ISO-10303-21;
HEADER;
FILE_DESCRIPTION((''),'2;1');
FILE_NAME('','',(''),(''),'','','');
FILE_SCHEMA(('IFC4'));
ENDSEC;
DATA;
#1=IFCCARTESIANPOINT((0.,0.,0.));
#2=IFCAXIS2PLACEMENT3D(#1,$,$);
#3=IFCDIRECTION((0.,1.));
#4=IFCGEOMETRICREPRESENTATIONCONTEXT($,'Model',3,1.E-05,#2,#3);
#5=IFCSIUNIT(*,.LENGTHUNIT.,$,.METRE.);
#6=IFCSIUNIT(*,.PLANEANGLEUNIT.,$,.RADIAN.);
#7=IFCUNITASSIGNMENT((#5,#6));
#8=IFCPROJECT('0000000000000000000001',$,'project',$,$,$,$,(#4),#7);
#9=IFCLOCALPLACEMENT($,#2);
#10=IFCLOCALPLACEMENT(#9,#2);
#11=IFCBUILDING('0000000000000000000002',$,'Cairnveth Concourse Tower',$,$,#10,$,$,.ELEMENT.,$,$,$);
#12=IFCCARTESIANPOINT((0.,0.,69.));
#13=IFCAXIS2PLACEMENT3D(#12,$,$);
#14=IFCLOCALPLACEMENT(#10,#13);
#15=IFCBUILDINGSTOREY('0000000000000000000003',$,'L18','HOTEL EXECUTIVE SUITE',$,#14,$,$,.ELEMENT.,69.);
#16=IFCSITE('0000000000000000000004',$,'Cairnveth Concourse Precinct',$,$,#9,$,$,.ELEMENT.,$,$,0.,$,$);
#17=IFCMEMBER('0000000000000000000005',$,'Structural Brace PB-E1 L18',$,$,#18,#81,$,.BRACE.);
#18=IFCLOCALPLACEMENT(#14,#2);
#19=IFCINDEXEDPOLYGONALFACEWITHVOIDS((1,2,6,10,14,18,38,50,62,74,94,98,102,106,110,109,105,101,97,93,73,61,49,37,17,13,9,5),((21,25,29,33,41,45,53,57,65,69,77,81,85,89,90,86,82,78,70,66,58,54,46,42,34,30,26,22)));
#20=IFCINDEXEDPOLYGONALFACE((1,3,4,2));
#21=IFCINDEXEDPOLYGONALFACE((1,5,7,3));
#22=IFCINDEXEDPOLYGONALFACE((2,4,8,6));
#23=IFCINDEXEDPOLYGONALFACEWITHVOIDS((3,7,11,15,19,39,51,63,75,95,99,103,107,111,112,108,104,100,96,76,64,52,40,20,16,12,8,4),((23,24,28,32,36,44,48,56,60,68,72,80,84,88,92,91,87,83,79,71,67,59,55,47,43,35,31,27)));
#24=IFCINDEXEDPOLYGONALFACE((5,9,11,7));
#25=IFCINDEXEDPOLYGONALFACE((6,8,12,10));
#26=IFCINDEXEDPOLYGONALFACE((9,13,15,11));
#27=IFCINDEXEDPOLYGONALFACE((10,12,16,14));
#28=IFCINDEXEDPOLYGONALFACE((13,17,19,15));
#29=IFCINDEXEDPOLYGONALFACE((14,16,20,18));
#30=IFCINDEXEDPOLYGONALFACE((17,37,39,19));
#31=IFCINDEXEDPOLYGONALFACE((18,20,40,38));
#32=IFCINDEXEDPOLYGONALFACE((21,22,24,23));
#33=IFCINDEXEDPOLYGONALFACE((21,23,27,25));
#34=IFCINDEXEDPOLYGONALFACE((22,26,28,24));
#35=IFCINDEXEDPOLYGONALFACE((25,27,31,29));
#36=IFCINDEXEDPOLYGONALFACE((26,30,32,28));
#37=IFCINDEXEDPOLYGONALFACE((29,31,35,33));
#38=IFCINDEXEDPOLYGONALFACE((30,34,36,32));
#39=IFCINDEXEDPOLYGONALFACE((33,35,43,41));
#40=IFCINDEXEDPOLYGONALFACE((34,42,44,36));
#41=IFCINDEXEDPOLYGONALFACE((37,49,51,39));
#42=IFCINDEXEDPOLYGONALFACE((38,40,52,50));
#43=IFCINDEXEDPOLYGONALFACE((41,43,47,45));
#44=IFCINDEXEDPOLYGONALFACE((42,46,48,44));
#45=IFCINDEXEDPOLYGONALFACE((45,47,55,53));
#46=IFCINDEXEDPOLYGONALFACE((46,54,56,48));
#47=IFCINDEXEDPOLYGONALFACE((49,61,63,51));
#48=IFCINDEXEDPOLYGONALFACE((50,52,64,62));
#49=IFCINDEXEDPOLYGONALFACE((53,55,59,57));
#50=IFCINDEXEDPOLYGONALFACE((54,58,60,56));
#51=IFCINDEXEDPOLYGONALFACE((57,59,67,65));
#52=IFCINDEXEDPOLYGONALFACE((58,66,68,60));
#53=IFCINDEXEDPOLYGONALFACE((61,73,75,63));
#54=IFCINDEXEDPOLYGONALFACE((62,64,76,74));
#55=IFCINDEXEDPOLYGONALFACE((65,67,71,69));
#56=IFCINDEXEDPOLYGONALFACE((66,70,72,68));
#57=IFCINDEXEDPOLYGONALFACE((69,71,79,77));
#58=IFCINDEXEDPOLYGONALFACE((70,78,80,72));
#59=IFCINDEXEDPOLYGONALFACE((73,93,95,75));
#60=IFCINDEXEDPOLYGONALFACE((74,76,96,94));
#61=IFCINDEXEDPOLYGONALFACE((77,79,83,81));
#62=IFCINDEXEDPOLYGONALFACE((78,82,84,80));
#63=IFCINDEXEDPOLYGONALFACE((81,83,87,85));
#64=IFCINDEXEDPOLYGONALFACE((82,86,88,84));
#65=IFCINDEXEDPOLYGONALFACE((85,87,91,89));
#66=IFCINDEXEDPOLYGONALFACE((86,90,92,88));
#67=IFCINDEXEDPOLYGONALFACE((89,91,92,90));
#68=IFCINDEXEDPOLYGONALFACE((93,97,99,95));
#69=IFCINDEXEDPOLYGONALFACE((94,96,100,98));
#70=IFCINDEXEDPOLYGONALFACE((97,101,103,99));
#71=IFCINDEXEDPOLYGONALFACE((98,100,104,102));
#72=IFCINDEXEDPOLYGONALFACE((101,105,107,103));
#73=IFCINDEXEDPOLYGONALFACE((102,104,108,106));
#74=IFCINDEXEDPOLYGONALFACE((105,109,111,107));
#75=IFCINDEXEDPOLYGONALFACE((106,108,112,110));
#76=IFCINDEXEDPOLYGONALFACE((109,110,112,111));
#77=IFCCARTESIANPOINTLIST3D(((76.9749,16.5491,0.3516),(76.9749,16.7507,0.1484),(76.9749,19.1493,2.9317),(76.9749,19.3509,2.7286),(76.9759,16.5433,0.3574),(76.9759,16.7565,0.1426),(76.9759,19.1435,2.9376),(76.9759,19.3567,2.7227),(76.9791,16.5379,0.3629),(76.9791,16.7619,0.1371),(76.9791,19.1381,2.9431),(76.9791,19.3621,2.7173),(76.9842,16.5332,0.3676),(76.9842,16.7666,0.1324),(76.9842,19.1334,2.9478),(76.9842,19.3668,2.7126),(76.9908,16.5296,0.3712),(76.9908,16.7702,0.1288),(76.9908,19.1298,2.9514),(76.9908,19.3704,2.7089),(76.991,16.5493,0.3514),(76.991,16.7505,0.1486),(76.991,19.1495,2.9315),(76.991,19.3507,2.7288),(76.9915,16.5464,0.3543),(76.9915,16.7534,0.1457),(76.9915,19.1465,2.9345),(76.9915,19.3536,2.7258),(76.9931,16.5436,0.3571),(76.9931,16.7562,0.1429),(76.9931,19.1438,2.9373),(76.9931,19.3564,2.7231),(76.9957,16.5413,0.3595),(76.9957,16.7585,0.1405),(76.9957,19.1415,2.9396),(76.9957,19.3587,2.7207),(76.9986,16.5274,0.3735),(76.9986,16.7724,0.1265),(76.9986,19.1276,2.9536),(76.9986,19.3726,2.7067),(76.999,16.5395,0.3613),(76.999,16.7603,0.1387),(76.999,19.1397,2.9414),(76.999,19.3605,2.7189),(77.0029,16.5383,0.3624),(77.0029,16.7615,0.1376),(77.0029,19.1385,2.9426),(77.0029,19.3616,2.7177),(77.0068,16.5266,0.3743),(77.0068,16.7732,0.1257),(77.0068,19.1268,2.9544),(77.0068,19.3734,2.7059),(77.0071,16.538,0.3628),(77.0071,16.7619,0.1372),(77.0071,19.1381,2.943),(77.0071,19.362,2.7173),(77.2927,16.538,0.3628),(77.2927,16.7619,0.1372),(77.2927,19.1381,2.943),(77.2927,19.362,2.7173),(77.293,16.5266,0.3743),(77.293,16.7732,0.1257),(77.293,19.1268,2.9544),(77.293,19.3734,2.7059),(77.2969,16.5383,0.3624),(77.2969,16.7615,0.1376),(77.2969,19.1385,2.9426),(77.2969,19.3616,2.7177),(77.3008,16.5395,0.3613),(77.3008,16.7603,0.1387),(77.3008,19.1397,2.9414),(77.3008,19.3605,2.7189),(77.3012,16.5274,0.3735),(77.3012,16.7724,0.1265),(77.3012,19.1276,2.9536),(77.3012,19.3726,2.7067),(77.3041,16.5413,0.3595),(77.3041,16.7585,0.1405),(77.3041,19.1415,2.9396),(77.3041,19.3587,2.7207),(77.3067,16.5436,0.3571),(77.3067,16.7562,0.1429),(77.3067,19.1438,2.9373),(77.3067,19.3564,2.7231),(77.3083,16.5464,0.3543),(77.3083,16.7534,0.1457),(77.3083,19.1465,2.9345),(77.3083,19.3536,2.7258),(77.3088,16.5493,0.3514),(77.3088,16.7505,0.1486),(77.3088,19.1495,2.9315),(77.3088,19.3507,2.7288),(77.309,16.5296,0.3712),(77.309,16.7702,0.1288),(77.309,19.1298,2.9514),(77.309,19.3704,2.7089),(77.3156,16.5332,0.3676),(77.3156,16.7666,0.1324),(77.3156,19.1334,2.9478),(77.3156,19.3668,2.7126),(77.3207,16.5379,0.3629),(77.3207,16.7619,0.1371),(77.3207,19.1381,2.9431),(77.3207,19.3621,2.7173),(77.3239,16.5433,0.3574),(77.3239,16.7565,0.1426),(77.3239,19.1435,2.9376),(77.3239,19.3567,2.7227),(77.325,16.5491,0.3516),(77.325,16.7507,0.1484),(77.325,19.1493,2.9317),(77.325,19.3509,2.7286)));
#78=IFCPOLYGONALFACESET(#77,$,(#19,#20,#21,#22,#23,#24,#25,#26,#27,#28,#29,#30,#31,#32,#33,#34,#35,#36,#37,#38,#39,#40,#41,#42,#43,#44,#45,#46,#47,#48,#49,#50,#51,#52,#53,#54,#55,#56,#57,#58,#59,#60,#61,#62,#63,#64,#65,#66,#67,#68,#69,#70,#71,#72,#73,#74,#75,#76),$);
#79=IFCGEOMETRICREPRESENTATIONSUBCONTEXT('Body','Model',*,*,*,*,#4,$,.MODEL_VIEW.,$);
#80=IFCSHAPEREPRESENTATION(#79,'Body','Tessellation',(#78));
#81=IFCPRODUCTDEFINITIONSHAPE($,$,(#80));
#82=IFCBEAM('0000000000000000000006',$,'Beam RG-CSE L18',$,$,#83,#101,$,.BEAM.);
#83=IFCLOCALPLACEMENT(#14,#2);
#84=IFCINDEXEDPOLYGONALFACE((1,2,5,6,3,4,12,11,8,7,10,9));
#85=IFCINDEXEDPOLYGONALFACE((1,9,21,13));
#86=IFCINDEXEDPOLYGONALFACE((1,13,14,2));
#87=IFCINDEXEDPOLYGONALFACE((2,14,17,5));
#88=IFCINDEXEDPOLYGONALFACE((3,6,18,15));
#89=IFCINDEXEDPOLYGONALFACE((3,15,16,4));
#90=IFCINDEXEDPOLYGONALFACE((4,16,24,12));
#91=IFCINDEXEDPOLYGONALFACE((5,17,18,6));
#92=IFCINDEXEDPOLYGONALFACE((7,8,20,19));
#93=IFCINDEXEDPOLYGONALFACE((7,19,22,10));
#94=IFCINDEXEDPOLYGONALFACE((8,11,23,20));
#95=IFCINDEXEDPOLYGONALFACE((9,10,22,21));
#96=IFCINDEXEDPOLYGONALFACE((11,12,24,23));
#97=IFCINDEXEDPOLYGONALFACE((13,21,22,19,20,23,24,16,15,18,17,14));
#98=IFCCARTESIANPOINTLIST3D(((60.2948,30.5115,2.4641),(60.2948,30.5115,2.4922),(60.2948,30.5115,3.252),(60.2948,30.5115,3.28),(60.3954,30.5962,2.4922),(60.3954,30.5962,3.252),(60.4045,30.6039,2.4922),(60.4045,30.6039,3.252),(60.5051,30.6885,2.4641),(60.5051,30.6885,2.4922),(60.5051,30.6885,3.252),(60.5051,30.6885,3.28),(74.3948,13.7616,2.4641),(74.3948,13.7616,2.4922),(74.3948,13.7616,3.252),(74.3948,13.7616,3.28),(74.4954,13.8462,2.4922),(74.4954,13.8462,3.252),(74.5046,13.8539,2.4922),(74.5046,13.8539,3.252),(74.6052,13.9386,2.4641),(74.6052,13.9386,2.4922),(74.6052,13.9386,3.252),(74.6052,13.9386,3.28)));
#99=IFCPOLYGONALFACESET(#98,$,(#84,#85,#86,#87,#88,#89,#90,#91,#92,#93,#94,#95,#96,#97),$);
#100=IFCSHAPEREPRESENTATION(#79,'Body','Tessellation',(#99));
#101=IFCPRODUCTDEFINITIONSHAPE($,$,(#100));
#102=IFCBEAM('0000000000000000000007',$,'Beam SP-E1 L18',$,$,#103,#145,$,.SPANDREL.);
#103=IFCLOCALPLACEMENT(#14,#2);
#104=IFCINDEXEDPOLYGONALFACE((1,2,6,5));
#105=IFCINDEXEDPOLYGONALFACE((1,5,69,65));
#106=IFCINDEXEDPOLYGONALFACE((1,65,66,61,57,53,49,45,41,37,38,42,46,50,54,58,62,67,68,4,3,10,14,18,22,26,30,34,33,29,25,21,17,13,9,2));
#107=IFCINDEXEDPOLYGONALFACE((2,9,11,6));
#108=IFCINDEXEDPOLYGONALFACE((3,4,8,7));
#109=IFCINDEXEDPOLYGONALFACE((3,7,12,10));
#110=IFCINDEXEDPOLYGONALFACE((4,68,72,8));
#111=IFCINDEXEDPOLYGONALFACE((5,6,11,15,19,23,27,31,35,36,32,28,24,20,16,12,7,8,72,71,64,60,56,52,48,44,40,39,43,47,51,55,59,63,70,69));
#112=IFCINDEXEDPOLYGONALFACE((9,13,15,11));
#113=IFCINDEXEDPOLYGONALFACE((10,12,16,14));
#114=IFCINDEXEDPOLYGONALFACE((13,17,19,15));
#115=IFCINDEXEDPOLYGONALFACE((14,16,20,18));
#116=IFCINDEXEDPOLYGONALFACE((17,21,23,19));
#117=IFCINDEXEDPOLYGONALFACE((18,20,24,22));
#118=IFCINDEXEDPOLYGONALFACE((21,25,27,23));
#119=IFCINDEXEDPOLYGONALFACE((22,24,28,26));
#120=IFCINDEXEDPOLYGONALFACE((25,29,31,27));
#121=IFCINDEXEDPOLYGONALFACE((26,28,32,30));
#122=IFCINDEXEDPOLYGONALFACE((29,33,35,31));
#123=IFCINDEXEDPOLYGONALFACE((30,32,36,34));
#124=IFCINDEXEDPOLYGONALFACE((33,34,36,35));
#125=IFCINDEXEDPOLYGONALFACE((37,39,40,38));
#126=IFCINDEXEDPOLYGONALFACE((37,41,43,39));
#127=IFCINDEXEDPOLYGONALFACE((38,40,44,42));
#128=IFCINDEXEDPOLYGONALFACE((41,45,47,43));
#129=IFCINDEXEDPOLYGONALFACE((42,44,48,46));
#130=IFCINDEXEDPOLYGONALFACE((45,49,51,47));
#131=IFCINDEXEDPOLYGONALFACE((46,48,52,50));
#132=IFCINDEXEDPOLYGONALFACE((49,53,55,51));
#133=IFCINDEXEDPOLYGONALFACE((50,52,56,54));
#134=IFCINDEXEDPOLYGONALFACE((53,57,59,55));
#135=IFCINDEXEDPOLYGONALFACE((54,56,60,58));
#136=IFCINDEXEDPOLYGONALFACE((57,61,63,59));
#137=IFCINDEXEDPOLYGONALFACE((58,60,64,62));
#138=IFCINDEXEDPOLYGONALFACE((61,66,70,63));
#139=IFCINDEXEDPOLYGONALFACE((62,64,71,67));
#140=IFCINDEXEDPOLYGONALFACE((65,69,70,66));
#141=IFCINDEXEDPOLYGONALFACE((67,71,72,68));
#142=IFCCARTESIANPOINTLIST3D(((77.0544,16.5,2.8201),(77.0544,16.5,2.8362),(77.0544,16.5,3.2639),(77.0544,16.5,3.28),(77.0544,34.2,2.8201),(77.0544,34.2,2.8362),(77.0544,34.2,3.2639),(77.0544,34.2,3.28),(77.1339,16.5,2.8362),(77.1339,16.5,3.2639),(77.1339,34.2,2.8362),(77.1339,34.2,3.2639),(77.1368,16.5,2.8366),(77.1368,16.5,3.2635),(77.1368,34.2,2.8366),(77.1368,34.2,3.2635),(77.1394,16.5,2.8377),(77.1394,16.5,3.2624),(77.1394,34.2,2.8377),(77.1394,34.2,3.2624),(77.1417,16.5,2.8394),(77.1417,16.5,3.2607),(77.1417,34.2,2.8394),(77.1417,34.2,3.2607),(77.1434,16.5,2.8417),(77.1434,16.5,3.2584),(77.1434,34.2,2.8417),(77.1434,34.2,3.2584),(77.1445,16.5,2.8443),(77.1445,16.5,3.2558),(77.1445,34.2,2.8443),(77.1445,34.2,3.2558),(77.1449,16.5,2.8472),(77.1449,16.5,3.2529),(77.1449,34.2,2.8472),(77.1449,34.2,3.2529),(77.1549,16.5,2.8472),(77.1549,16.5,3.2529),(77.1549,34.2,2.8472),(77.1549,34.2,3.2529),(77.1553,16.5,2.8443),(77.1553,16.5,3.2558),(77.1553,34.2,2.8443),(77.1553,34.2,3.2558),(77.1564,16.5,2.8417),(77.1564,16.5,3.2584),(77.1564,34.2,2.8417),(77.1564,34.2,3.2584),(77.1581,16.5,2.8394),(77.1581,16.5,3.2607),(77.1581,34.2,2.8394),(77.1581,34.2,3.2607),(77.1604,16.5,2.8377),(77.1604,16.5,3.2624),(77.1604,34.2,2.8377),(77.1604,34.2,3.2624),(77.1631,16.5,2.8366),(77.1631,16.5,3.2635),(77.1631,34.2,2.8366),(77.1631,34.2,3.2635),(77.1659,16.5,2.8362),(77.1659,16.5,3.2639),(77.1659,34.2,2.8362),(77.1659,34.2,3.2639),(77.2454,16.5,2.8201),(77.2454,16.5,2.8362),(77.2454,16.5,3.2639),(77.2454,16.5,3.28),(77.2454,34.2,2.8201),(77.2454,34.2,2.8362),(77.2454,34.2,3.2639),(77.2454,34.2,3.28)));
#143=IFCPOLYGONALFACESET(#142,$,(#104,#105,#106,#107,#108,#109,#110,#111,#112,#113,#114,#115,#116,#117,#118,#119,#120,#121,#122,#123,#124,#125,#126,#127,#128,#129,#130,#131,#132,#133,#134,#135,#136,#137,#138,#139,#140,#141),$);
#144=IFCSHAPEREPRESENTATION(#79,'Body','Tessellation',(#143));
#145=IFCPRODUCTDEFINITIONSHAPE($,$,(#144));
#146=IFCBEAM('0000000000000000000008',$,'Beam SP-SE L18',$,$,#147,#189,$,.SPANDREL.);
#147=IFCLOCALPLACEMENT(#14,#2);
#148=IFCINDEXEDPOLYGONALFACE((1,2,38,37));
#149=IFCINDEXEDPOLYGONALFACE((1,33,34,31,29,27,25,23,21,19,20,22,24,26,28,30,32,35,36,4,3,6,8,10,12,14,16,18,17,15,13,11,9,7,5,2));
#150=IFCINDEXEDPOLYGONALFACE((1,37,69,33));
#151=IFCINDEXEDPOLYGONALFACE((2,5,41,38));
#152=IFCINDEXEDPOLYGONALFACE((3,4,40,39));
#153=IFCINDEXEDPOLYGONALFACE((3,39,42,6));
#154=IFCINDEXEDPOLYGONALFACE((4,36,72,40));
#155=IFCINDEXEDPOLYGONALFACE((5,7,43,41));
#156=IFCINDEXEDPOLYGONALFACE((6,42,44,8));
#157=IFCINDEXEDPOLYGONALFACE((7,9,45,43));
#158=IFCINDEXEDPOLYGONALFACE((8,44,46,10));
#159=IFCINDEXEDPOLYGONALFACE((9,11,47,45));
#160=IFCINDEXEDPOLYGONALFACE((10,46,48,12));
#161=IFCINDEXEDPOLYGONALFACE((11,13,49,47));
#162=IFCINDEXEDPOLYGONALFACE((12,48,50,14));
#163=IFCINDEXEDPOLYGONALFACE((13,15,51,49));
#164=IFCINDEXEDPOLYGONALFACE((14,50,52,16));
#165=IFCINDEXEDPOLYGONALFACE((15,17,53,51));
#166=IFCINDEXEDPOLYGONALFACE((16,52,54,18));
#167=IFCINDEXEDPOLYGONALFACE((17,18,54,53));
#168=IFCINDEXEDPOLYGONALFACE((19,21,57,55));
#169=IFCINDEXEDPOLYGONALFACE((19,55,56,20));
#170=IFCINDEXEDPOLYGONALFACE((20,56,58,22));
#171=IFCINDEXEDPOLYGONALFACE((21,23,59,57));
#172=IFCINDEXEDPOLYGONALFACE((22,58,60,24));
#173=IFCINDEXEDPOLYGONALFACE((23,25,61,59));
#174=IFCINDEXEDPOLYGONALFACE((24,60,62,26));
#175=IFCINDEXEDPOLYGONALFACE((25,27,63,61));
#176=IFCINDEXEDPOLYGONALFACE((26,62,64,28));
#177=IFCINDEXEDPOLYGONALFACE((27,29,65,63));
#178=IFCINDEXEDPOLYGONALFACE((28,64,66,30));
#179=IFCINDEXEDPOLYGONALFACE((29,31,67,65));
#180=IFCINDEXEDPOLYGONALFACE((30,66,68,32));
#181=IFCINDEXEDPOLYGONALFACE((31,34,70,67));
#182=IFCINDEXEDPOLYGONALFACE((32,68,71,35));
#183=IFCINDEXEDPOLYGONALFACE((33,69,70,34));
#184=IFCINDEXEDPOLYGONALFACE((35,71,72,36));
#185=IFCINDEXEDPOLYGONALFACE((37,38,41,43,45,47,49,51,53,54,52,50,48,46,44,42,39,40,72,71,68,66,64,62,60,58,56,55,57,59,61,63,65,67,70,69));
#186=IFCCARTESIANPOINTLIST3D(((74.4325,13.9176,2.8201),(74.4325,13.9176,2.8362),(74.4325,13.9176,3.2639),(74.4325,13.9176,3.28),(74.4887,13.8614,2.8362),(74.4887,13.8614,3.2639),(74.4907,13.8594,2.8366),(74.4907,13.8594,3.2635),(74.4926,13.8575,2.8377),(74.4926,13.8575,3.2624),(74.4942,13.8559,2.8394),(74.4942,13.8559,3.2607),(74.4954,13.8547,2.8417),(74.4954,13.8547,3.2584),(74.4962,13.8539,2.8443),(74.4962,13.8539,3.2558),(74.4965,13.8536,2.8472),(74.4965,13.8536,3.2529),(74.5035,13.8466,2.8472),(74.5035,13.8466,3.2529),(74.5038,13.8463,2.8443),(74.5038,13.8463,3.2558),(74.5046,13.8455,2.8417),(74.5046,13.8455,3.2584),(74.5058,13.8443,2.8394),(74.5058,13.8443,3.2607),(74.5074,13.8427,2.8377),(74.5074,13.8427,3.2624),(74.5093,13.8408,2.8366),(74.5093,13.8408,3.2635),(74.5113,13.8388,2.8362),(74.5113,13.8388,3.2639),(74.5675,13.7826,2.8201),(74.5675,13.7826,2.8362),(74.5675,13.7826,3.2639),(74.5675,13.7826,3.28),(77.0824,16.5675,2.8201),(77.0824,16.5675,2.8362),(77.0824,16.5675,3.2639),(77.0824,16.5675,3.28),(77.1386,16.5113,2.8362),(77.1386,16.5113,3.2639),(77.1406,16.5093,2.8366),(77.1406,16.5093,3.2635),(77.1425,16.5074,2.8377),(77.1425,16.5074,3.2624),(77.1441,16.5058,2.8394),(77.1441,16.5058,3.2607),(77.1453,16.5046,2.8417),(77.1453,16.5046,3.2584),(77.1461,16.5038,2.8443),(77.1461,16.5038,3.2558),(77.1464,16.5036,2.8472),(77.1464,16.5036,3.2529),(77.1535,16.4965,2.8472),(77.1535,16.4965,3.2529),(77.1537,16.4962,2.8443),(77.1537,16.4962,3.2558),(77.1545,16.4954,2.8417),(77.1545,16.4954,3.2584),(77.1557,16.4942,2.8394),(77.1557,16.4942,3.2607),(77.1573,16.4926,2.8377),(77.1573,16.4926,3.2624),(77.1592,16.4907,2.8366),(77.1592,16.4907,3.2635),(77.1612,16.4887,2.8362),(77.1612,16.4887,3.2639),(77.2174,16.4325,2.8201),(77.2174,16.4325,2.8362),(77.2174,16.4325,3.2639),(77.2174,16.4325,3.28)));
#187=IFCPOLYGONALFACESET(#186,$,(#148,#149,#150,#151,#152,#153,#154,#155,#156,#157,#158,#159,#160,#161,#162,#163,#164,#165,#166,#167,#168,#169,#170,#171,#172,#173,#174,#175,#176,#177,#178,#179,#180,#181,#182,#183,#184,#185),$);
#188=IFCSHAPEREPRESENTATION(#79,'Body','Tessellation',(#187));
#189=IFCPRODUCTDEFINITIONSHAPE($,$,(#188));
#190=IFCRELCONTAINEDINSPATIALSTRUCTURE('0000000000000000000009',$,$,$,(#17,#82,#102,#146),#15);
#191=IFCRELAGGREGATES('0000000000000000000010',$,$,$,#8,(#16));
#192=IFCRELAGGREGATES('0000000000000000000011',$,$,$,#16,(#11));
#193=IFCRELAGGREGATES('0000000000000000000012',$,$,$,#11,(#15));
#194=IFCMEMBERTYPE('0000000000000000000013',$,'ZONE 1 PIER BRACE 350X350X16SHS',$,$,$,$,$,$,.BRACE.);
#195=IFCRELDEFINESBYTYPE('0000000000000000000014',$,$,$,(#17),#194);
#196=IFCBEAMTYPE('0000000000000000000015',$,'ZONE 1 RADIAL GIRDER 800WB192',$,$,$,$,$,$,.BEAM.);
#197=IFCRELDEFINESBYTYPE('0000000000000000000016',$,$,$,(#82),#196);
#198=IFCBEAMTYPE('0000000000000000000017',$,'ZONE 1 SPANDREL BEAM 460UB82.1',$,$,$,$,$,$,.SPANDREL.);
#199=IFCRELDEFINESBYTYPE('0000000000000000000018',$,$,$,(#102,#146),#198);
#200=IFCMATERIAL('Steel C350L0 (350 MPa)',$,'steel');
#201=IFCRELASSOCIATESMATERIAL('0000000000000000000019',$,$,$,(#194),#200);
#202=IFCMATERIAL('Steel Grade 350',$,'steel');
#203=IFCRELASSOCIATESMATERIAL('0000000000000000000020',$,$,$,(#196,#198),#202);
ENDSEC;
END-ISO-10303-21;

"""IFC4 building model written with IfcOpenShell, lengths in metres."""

from ifc_helpers import new_model, si_unit, direction, frame, origin, origin_2d, place, context, subcontext, project, spatial, hollow_rectangle, i_section, extrude, material, material_profile, profile_set, type_object, element, save


model = new_model("IFC4")

# Units and contexts
model_context = context("Model", 3, precision=1e-05, world=origin(), true_north=direction((0.0, 1.0)))
body_context = subcontext(model_context, "Body", "Model", "MODEL_VIEW")
ifc_project = project(units=[si_unit("LENGTHUNIT", "METRE"), si_unit("PLANEANGLEUNIT", "RADIAN")], contexts=[model_context])

# Site, building, storey
site_placement = place(None, origin())
site = spatial("IfcSite", under=ifc_project, at=site_placement, Name="Cairnveth Concourse Precinct", CompositionType="ELEMENT", RefElevation=0.0)
building_placement = place(site_placement, origin())
building = spatial("IfcBuilding", under=site, at=building_placement, Name="Cairnveth Concourse Tower", CompositionType="ELEMENT")
storey_placement = place(building_placement, frame((0.0, 0.0, 69.0)))
storey = spatial("IfcBuildingStorey", under=building, at=storey_placement, Name="L18", Description="HOTEL EXECUTIVE SUITE", CompositionType="ELEMENT", Elevation=69.0)

# Shared definitions
ifc_material_1 = material(Name="Steel Grade 350", Category="steel")

# Member
ifc_material_2 = material(Name="Steel C350L0 (350 MPa)", Category="steel")
ifc_material_profile_1 = material_profile(ifc_material_2, hollow_rectangle(XDim=0.3501, YDim=0.3501, WallThickness=0.0161, InnerFilletRadius=0.0161, OuterFilletRadius=0.032, at=origin_2d()), Name="350x350x16.0SHS")
ifc_profile_set_1 = profile_set([ifc_material_profile_1], Name="Steel C350L0 (350 MPa)")
member_type = type_object("IfcMemberType", Name="ZONE 1 PIER BRACE 350X350X16SHS", PredefinedType="BRACE", material=ifc_profile_set_1)
for number, where, z_axis, x_axis, name in (
    (1, (77.1499, 16.6499, 0.25), (0.0, 0.709834, 0.704369), (-1.0, 0.0, 0.0), "Structural Brace PB-E1 L18"),
):
    element("IfcMember", number, at=place(storey_placement, frame(where, z_axis=z_axis, x_axis=x_axis)), inside=storey, type_object=member_type, Name=name, PredefinedType="BRACE", context=body_context, shape_type="SweptSolid", body=[
        extrude(hollow_rectangle(XDim=0.3501, YDim=0.3501, WallThickness=0.0161, InnerFilletRadius=0.0161, OuterFilletRadius=0.032, at=origin_2d()), origin(), (0.0, 0.0, 1.0), 3.6631),
    ])

# Beams
ifc_material_profile_2 = material_profile(ifc_material_1, i_section(OverallWidth=0.2749, OverallDepth=0.8159, WebThickness=0.012, FlangeThickness=0.0281, at=origin_2d()), Name="800WB192")
ifc_profile_set_2 = profile_set([ifc_material_profile_2], Name="Steel Grade 350")
beam_type_1 = type_object("IfcBeamType", Name="ZONE 1 RADIAL GIRDER 800WB192", PredefinedType="BEAM", material=ifc_profile_set_2)
beam_1_placement = place(storey_placement, frame((74.5, 13.8501, 2.8721), z_axis=(-0.643998, 0.765027, 0.0), x_axis=(-0.765027, -0.643998, 0.0)))
element("IfcBeam", 2, at=beam_1_placement, inside=storey, type_object=beam_type_1, Name="Beam RG-CSE L18", PredefinedType="BEAM", context=body_context, shape_type="SweptSolid", body=[
    extrude(i_section(OverallWidth=0.2749, OverallDepth=0.8159, WebThickness=0.012, FlangeThickness=0.0281, at=origin_2d()), origin(), (0.0, 0.0, 1.0), 21.8945),
])
ifc_material_profile_3 = material_profile(ifc_material_1, i_section(OverallWidth=0.1909, OverallDepth=0.46, WebThickness=0.01, FlangeThickness=0.0161, FilletRadius=0.011, at=origin_2d()), Name="460UB82.1")
ifc_profile_set_3 = profile_set([ifc_material_profile_3], Name="Steel Grade 350")
beam_type_2 = type_object("IfcBeamType", Name="ZONE 1 SPANDREL BEAM 460UB82.1", PredefinedType="SPANDREL", material=ifc_profile_set_3)
beam_2_placement = place(storey_placement, frame((77.1499, 16.5, 3.05), z_axis=(0.0, 1.0, 0.0), x_axis=(-1.0, 0.0, 0.0)))
element("IfcBeam", 3, at=beam_2_placement, inside=storey, type_object=beam_type_2, Name="Beam SP-E1 L18", PredefinedType="SPANDREL", context=body_context, shape_type="SweptSolid", body=[
    extrude(i_section(OverallWidth=0.1909, OverallDepth=0.46, WebThickness=0.01, FlangeThickness=0.0161, FilletRadius=0.011, at=origin_2d()), origin(), (0.0, 0.0, 1.0), 17.7),
])
beam_3_placement = place(storey_placement, frame((74.5, 13.8501, 3.05), z_axis=(0.707107, 0.707107, 0.0), x_axis=(-0.707107, 0.707107, 0.0)))
element("IfcBeam", 4, at=beam_3_placement, inside=storey, type_object=beam_type_2, Name="Beam SP-SE L18", PredefinedType="SPANDREL", context=body_context, shape_type="SweptSolid", body=[
    extrude(i_section(OverallWidth=0.1909, OverallDepth=0.46, WebThickness=0.01, FlangeThickness=0.0161, FilletRadius=0.011, at=origin_2d()), origin(), (0.0, 0.0, 1.0), 3.7476),
])

save(model, "model.ifc")
